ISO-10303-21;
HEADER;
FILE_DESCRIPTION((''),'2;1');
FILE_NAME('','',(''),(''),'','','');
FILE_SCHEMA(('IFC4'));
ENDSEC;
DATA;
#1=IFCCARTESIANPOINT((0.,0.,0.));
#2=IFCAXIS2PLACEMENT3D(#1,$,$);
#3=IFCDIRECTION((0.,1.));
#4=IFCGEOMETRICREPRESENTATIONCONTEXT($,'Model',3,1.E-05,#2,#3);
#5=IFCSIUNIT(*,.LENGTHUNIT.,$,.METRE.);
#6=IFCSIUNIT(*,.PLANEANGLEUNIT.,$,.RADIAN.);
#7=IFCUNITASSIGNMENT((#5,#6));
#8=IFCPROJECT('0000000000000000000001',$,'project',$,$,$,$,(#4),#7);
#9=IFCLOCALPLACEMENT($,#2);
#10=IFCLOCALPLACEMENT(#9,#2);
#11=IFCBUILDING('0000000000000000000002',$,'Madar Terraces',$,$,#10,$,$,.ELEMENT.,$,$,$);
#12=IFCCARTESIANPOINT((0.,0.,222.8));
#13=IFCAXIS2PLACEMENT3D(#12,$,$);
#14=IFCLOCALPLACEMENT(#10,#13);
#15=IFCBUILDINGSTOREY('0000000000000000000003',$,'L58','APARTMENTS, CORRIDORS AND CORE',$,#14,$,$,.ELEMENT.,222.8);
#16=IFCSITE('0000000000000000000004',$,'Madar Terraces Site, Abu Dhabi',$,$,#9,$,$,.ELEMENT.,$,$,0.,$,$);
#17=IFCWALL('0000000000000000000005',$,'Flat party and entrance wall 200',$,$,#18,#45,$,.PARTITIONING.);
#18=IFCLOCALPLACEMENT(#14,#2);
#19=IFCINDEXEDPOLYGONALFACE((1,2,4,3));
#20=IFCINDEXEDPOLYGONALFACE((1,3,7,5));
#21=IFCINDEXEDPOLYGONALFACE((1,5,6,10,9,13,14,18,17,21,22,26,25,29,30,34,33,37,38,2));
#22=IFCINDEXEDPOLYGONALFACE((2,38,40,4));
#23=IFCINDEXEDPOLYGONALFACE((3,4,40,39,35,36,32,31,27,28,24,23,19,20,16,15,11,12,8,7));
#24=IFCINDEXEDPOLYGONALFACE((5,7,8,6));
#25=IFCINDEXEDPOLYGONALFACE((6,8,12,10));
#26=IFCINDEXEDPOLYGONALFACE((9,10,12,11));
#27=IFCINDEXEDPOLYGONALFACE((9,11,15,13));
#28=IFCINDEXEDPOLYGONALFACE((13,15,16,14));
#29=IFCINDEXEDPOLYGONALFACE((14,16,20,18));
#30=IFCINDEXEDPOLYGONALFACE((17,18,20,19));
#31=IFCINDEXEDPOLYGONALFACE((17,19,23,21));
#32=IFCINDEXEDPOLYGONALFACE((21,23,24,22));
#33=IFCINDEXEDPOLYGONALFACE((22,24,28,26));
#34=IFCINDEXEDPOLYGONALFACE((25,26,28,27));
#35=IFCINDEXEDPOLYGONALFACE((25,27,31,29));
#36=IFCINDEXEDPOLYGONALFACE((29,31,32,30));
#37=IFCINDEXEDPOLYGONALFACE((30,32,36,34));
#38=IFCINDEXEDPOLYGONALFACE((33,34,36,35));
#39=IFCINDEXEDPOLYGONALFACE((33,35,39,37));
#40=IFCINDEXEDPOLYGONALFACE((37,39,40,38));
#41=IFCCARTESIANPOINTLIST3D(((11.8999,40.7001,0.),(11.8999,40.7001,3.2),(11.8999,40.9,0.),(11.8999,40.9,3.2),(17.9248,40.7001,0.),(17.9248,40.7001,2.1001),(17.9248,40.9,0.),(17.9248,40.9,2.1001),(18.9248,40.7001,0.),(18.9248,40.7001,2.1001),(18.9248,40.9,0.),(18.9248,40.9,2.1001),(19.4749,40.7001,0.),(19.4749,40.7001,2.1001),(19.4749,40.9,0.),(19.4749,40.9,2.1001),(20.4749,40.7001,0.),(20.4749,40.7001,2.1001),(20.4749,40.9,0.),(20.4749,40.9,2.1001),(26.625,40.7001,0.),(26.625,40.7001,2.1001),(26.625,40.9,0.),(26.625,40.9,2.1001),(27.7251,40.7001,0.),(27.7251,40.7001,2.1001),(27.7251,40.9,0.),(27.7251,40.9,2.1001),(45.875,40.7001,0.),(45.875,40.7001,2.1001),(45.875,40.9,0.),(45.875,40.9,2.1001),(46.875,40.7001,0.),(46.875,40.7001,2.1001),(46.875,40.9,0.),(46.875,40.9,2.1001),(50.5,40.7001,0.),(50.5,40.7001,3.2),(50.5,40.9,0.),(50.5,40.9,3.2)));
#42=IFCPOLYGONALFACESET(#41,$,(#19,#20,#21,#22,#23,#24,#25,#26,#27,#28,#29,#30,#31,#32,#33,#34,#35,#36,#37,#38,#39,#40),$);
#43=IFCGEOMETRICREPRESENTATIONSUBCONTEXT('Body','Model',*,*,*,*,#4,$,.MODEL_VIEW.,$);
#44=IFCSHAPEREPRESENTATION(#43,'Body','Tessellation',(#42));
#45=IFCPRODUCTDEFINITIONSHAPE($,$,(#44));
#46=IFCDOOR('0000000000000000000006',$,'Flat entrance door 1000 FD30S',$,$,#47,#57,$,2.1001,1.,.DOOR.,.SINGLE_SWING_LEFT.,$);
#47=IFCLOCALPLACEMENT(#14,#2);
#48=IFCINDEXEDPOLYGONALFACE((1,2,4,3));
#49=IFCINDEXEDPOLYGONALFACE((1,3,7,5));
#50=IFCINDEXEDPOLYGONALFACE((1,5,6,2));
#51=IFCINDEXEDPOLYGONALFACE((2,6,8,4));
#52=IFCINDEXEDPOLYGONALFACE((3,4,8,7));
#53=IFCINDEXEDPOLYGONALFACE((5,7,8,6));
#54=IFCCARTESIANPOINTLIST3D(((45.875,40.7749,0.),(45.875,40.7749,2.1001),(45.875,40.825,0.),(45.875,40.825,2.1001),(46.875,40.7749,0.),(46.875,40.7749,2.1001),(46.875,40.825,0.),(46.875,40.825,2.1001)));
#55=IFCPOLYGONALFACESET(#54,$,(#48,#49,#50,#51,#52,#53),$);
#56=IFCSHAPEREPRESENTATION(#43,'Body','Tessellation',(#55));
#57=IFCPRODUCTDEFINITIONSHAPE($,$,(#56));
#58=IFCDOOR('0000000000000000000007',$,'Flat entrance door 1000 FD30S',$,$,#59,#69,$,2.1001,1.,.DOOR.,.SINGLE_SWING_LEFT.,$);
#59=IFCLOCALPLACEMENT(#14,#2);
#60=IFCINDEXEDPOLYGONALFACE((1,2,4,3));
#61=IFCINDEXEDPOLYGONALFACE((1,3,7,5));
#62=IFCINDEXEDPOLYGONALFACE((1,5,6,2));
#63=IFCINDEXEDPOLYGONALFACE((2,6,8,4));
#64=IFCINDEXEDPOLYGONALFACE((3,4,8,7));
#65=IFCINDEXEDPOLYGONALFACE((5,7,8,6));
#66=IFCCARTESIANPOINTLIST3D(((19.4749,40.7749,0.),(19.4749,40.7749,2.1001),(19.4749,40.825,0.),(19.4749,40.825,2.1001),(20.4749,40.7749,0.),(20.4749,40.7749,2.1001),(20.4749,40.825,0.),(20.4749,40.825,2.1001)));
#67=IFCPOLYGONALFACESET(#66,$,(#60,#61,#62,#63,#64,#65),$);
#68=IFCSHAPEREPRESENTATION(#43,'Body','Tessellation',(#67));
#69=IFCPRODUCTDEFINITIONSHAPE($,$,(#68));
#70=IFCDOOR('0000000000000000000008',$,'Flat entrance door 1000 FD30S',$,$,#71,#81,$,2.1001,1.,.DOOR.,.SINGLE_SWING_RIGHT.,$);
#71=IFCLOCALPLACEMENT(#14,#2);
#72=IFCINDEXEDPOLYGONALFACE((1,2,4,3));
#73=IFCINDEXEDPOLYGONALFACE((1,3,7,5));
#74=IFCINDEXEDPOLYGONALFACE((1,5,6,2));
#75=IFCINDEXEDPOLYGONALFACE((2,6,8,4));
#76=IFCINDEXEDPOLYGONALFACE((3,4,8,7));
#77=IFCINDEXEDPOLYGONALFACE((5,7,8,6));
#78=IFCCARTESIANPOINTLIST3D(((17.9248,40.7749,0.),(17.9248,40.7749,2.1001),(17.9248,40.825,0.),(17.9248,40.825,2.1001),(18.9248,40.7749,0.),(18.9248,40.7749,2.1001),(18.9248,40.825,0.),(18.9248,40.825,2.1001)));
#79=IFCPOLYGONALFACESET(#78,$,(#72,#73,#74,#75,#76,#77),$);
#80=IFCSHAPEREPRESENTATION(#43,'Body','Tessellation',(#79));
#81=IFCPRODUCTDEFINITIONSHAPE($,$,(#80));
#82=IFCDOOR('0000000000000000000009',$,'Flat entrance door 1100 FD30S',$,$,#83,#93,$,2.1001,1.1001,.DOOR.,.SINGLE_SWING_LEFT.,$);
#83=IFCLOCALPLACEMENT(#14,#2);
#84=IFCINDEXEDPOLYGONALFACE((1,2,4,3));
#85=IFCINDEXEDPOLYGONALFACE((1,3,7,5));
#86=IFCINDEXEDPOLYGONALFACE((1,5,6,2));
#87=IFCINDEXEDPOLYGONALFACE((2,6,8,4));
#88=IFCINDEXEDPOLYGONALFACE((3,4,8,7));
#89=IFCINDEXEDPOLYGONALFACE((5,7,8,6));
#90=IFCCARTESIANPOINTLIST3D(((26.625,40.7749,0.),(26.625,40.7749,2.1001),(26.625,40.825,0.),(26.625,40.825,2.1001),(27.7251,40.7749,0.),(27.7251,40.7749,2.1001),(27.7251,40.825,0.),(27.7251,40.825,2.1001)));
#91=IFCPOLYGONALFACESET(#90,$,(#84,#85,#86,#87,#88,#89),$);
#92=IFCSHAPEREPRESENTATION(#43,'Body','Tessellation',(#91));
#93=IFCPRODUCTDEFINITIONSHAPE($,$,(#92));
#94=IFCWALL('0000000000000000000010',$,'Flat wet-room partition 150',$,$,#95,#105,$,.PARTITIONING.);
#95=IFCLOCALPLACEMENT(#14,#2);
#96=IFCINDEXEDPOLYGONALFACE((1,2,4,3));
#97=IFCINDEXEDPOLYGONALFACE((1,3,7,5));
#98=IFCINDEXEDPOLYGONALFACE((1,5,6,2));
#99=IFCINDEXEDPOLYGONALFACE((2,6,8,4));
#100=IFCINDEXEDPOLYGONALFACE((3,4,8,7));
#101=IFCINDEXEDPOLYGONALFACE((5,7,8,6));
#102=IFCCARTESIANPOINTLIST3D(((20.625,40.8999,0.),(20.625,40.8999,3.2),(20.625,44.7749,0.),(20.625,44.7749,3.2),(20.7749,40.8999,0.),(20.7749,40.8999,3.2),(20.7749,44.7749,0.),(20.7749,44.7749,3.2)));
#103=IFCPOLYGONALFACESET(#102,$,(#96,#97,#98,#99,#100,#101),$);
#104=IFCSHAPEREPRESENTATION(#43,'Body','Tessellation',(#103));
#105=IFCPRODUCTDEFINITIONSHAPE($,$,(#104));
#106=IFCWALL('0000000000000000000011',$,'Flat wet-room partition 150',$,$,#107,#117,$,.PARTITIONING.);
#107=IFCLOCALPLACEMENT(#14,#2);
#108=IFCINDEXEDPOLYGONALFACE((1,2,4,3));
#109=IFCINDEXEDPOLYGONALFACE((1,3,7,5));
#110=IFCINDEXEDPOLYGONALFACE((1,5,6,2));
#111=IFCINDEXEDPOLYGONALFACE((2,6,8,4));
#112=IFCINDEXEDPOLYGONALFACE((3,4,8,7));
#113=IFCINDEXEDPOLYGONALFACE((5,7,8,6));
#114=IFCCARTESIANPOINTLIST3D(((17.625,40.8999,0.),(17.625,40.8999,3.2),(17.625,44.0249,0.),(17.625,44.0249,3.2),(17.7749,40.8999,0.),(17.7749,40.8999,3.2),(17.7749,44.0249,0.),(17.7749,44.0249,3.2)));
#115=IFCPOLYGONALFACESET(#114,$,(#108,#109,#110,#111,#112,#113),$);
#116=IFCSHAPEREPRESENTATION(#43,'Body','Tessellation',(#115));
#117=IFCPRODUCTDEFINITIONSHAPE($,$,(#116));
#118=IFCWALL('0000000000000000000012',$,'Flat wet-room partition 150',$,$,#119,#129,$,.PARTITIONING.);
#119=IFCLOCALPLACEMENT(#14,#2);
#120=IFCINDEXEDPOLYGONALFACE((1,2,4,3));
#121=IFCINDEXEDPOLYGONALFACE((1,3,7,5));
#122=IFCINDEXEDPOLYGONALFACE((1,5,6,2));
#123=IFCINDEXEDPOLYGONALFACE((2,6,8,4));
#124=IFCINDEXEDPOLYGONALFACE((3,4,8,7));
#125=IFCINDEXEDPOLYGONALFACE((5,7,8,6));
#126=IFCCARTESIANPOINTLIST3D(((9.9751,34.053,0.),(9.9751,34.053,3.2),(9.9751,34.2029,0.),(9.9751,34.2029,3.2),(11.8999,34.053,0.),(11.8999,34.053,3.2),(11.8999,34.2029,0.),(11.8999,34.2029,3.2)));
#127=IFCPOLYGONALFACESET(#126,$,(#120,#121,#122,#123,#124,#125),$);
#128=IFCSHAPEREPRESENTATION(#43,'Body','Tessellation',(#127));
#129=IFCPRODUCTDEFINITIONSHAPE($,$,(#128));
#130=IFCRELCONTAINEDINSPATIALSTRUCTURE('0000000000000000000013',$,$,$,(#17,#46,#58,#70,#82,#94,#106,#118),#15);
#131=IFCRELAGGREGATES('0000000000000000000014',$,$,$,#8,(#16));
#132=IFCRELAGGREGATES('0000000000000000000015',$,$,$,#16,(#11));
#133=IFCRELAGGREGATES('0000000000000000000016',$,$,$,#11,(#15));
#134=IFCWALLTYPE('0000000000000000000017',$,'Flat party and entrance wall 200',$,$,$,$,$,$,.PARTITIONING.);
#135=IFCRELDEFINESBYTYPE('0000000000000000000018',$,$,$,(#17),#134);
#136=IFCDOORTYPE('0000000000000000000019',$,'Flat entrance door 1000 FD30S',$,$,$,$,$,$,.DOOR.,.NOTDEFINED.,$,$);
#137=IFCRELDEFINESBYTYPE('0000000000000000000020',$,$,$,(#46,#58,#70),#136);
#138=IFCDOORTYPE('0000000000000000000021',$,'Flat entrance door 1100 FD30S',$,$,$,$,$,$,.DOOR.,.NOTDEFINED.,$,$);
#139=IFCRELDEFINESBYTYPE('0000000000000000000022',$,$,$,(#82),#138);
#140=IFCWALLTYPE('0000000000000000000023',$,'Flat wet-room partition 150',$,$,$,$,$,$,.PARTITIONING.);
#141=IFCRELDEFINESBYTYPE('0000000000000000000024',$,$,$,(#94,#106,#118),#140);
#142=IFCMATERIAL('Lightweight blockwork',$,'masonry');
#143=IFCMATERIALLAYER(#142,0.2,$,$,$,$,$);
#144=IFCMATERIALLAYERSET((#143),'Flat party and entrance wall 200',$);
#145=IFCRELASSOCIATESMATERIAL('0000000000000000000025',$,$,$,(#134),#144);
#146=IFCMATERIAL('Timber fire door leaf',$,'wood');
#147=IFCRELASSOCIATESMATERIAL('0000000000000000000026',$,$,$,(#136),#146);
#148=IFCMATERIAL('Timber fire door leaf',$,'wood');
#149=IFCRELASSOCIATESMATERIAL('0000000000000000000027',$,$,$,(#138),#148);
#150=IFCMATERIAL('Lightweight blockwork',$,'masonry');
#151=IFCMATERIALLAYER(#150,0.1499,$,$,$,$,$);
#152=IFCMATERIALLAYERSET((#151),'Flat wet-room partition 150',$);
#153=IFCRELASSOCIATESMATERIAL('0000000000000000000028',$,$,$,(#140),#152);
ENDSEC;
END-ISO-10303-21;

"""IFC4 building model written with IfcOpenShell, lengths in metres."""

from ifc_helpers import new_model, si_unit, direction, frame, frame_2d, origin, place, context, subcontext, project, spatial, rectangle, extrude, material, layer, layer_set, type_object, element, fill, save


model = new_model("IFC4")

# Units and contexts
model_context = context("Model", 3, precision=1e-05, world=origin(), true_north=direction((0.0, 1.0)))
body_context = subcontext(model_context, "Body", "Model", "MODEL_VIEW")
ifc_project = project(units=[si_unit("LENGTHUNIT", "METRE"), si_unit("PLANEANGLEUNIT", "RADIAN")], contexts=[model_context])

# Site, building, storey
site_placement = place(None, origin())
site = spatial("IfcSite", under=ifc_project, at=site_placement, Name="Madar Terraces Site, Abu Dhabi", CompositionType="ELEMENT", RefElevation=0.0)
building_placement = place(site_placement, origin())
building = spatial("IfcBuilding", under=site, at=building_placement, Name="Madar Terraces", CompositionType="ELEMENT")
storey_placement = place(building_placement, frame((0.0, 0.0, 222.8)))
storey = spatial("IfcBuildingStorey", under=building, at=storey_placement, Name="L58", Description="APARTMENTS, CORRIDORS AND CORE", CompositionType="ELEMENT", Elevation=222.8)

# Wall, openings, doors
ifc_material_1 = material(Name="Lightweight blockwork", Category="masonry")
ifc_layer_1 = layer(ifc_material_1, 0.2)
ifc_layer_set_1 = layer_set([ifc_layer_1], Name="Flat party and entrance wall 200")
wall_type_1 = type_object("IfcWallType", Name="Flat party and entrance wall 200", PredefinedType="PARTITIONING", material=ifc_layer_set_1)
wall_1_placement = place(storey_placement, frame((11.8999, 40.8, 0.0), z_axis=(0.0, 0.0, 1.0), x_axis=(1.0, 0.0, 0.0)))
wall_1 = element("IfcWall", 1, at=wall_1_placement, inside=storey, type_object=wall_type_1, Name="Flat party and entrance wall 200", PredefinedType="PARTITIONING", context=body_context, shape_type="SweptSolid", body=[
    extrude(rectangle(XDim=38.6001, YDim=0.2, at=frame_2d((19.3, 0.0))), origin(), (0.0, 0.0, 1.0), 3.2),
])
opening_1_placement = place(wall_1_placement, frame((33.9751, 0.0, 0.0)))
opening_1 = element("IfcOpeningElement", 2, at=opening_1_placement, cuts=wall_1, PredefinedType="OPENING", context=body_context, shape_type="SweptSolid", body=[
    extrude(rectangle(XDim=1.0, YDim=2.1001, at=frame_2d((0.5, 1.05))), frame((0.0, 0.1099, 0.0), z_axis=(0.0, -1.0, 0.0), x_axis=(1.0, 0.0, 0.0)), (0.0, 0.0, 1.0), 0.22),
])
opening_2_placement = place(wall_1_placement, frame((14.7251, 0.0, 0.0)))
opening_2 = element("IfcOpeningElement", 3, at=opening_2_placement, cuts=wall_1, PredefinedType="OPENING", context=body_context, shape_type="SweptSolid", body=[
    extrude(rectangle(XDim=1.1001, YDim=2.1001, at=frame_2d((0.55, 1.05))), frame((0.0, 0.1099, 0.0), z_axis=(0.0, -1.0, 0.0), x_axis=(1.0, 0.0, 0.0)), (0.0, 0.0, 1.0), 0.22),
])
opening_3_placement = place(wall_1_placement, frame((7.575, 0.0, 0.0)))
opening_3 = element("IfcOpeningElement", 4, at=opening_3_placement, cuts=wall_1, PredefinedType="OPENING", context=body_context, shape_type="SweptSolid", body=[
    extrude(rectangle(XDim=1.0, YDim=2.1001, at=frame_2d((0.5, 1.05))), frame((0.0, 0.1099, 0.0), z_axis=(0.0, -1.0, 0.0), x_axis=(1.0, 0.0, 0.0)), (0.0, 0.0, 1.0), 0.22),
])
opening_4_placement = place(wall_1_placement, frame((6.0249, 0.0, 0.0)))
opening_4 = element("IfcOpeningElement", 5, at=opening_4_placement, cuts=wall_1, PredefinedType="OPENING", context=body_context, shape_type="SweptSolid", body=[
    extrude(rectangle(XDim=1.0, YDim=2.1001, at=frame_2d((0.5, 1.05))), frame((0.0, 0.1099, 0.0), z_axis=(0.0, -1.0, 0.0), x_axis=(1.0, 0.0, 0.0)), (0.0, 0.0, 1.0), 0.22),
])
ifc_material_2 = material(Name="Timber fire door leaf", Category="wood")
door_type_1 = type_object("IfcDoorType", Name="Flat entrance door 1000 FD30S", OperationType="NOTDEFINED", PredefinedType="DOOR", material=ifc_material_2)
door_1_placement = place(opening_1_placement, origin())
door_1 = element("IfcDoor", 6, at=door_1_placement, inside=storey, type_object=door_type_1, Name="Flat entrance door 1000 FD30S", OperationType="SINGLE_SWING_LEFT", OverallHeight=2.1001, OverallWidth=1.0, PredefinedType="DOOR", context=body_context, shape_type="SweptSolid", body=[
    extrude(rectangle(XDim=1.0, YDim=2.1001, at=frame_2d((0.5, 1.05))), frame((0.0, 0.0249, 0.0), z_axis=(0.0, -1.0, 0.0), x_axis=(1.0, 0.0, 0.0)), (0.0, 0.0, 1.0), 0.05),
])
fill(opening_1, door_1)
door_2_placement = place(opening_3_placement, origin())
door_2 = element("IfcDoor", 7, at=door_2_placement, inside=storey, type_object=door_type_1, Name="Flat entrance door 1000 FD30S", OperationType="SINGLE_SWING_LEFT", OverallHeight=2.1001, OverallWidth=1.0, PredefinedType="DOOR", context=body_context, shape_type="SweptSolid", body=[
    extrude(rectangle(XDim=1.0, YDim=2.1001, at=frame_2d((0.5, 1.05))), frame((0.0, 0.0249, 0.0), z_axis=(0.0, -1.0, 0.0), x_axis=(1.0, 0.0, 0.0)), (0.0, 0.0, 1.0), 0.05),
])
fill(opening_3, door_2)
door_3_placement = place(opening_4_placement, origin())
door_3 = element("IfcDoor", 8, at=door_3_placement, inside=storey, type_object=door_type_1, Name="Flat entrance door 1000 FD30S", OperationType="SINGLE_SWING_RIGHT", OverallHeight=2.1001, OverallWidth=1.0, PredefinedType="DOOR", context=body_context, shape_type="SweptSolid", body=[
    extrude(rectangle(XDim=1.0, YDim=2.1001, at=frame_2d((0.5, 1.05))), frame((0.0, 0.0249, 0.0), z_axis=(0.0, -1.0, 0.0), x_axis=(1.0, 0.0, 0.0)), (0.0, 0.0, 1.0), 0.05),
])
fill(opening_4, door_3)
ifc_material_3 = material(Name="Timber fire door leaf", Category="wood")
door_type_2 = type_object("IfcDoorType", Name="Flat entrance door 1100 FD30S", OperationType="NOTDEFINED", PredefinedType="DOOR", material=ifc_material_3)
door_4_placement = place(opening_2_placement, origin())
door_4 = element("IfcDoor", 9, at=door_4_placement, inside=storey, type_object=door_type_2, Name="Flat entrance door 1100 FD30S", OperationType="SINGLE_SWING_LEFT", OverallHeight=2.1001, OverallWidth=1.1001, PredefinedType="DOOR", context=body_context, shape_type="SweptSolid", body=[
    extrude(rectangle(XDim=1.1001, YDim=2.1001, at=frame_2d((0.55, 1.05))), frame((0.0, 0.0249, 0.0), z_axis=(0.0, -1.0, 0.0), x_axis=(1.0, 0.0, 0.0)), (0.0, 0.0, 1.0), 0.05),
])
fill(opening_2, door_4)

# Walls
ifc_material_4 = material(Name="Lightweight blockwork", Category="masonry")
ifc_layer_2 = layer(ifc_material_4, 0.1499)
ifc_layer_set_2 = layer_set([ifc_layer_2], Name="Flat wet-room partition 150")
wall_type_2 = type_object("IfcWallType", Name="Flat wet-room partition 150", PredefinedType="PARTITIONING", material=ifc_layer_set_2)
wall_2_placement = place(storey_placement, frame((20.7, 40.8999, 0.0), z_axis=(0.0, 0.0, 1.0), x_axis=(0.0, 1.0, 0.0)))
element("IfcWall", 10, at=wall_2_placement, inside=storey, type_object=wall_type_2, Name="Flat wet-room partition 150", PredefinedType="PARTITIONING", context=body_context, shape_type="SweptSolid", body=[
    extrude(rectangle(XDim=3.875, YDim=0.1499, at=frame_2d((1.9375, 0.0))), origin(), (0.0, 0.0, 1.0), 3.2),
])
wall_3_placement = place(storey_placement, frame((17.7, 40.8999, 0.0), z_axis=(0.0, 0.0, 1.0), x_axis=(0.0, 1.0, 0.0)))
element("IfcWall", 11, at=wall_3_placement, inside=storey, type_object=wall_type_2, Name="Flat wet-room partition 150", PredefinedType="PARTITIONING", context=body_context, shape_type="SweptSolid", body=[
    extrude(rectangle(XDim=3.125, YDim=0.1499, at=frame_2d((1.5625, 0.0))), origin(), (0.0, 0.0, 1.0), 3.2),
])
wall_4_placement = place(storey_placement, frame((11.8999, 34.1279, 0.0), z_axis=(0.0, 0.0, 1.0), x_axis=(-1.0, 0.0, 0.0)))
element("IfcWall", 12, at=wall_4_placement, inside=storey, type_object=wall_type_2, Name="Flat wet-room partition 150", PredefinedType="PARTITIONING", context=body_context, shape_type="SweptSolid", body=[
    extrude(rectangle(XDim=1.9248, YDim=0.1499, at=frame_2d((0.9624, 0.0))), origin(), (0.0, 0.0, 1.0), 3.2),
])

save(model, "model.ifc")
